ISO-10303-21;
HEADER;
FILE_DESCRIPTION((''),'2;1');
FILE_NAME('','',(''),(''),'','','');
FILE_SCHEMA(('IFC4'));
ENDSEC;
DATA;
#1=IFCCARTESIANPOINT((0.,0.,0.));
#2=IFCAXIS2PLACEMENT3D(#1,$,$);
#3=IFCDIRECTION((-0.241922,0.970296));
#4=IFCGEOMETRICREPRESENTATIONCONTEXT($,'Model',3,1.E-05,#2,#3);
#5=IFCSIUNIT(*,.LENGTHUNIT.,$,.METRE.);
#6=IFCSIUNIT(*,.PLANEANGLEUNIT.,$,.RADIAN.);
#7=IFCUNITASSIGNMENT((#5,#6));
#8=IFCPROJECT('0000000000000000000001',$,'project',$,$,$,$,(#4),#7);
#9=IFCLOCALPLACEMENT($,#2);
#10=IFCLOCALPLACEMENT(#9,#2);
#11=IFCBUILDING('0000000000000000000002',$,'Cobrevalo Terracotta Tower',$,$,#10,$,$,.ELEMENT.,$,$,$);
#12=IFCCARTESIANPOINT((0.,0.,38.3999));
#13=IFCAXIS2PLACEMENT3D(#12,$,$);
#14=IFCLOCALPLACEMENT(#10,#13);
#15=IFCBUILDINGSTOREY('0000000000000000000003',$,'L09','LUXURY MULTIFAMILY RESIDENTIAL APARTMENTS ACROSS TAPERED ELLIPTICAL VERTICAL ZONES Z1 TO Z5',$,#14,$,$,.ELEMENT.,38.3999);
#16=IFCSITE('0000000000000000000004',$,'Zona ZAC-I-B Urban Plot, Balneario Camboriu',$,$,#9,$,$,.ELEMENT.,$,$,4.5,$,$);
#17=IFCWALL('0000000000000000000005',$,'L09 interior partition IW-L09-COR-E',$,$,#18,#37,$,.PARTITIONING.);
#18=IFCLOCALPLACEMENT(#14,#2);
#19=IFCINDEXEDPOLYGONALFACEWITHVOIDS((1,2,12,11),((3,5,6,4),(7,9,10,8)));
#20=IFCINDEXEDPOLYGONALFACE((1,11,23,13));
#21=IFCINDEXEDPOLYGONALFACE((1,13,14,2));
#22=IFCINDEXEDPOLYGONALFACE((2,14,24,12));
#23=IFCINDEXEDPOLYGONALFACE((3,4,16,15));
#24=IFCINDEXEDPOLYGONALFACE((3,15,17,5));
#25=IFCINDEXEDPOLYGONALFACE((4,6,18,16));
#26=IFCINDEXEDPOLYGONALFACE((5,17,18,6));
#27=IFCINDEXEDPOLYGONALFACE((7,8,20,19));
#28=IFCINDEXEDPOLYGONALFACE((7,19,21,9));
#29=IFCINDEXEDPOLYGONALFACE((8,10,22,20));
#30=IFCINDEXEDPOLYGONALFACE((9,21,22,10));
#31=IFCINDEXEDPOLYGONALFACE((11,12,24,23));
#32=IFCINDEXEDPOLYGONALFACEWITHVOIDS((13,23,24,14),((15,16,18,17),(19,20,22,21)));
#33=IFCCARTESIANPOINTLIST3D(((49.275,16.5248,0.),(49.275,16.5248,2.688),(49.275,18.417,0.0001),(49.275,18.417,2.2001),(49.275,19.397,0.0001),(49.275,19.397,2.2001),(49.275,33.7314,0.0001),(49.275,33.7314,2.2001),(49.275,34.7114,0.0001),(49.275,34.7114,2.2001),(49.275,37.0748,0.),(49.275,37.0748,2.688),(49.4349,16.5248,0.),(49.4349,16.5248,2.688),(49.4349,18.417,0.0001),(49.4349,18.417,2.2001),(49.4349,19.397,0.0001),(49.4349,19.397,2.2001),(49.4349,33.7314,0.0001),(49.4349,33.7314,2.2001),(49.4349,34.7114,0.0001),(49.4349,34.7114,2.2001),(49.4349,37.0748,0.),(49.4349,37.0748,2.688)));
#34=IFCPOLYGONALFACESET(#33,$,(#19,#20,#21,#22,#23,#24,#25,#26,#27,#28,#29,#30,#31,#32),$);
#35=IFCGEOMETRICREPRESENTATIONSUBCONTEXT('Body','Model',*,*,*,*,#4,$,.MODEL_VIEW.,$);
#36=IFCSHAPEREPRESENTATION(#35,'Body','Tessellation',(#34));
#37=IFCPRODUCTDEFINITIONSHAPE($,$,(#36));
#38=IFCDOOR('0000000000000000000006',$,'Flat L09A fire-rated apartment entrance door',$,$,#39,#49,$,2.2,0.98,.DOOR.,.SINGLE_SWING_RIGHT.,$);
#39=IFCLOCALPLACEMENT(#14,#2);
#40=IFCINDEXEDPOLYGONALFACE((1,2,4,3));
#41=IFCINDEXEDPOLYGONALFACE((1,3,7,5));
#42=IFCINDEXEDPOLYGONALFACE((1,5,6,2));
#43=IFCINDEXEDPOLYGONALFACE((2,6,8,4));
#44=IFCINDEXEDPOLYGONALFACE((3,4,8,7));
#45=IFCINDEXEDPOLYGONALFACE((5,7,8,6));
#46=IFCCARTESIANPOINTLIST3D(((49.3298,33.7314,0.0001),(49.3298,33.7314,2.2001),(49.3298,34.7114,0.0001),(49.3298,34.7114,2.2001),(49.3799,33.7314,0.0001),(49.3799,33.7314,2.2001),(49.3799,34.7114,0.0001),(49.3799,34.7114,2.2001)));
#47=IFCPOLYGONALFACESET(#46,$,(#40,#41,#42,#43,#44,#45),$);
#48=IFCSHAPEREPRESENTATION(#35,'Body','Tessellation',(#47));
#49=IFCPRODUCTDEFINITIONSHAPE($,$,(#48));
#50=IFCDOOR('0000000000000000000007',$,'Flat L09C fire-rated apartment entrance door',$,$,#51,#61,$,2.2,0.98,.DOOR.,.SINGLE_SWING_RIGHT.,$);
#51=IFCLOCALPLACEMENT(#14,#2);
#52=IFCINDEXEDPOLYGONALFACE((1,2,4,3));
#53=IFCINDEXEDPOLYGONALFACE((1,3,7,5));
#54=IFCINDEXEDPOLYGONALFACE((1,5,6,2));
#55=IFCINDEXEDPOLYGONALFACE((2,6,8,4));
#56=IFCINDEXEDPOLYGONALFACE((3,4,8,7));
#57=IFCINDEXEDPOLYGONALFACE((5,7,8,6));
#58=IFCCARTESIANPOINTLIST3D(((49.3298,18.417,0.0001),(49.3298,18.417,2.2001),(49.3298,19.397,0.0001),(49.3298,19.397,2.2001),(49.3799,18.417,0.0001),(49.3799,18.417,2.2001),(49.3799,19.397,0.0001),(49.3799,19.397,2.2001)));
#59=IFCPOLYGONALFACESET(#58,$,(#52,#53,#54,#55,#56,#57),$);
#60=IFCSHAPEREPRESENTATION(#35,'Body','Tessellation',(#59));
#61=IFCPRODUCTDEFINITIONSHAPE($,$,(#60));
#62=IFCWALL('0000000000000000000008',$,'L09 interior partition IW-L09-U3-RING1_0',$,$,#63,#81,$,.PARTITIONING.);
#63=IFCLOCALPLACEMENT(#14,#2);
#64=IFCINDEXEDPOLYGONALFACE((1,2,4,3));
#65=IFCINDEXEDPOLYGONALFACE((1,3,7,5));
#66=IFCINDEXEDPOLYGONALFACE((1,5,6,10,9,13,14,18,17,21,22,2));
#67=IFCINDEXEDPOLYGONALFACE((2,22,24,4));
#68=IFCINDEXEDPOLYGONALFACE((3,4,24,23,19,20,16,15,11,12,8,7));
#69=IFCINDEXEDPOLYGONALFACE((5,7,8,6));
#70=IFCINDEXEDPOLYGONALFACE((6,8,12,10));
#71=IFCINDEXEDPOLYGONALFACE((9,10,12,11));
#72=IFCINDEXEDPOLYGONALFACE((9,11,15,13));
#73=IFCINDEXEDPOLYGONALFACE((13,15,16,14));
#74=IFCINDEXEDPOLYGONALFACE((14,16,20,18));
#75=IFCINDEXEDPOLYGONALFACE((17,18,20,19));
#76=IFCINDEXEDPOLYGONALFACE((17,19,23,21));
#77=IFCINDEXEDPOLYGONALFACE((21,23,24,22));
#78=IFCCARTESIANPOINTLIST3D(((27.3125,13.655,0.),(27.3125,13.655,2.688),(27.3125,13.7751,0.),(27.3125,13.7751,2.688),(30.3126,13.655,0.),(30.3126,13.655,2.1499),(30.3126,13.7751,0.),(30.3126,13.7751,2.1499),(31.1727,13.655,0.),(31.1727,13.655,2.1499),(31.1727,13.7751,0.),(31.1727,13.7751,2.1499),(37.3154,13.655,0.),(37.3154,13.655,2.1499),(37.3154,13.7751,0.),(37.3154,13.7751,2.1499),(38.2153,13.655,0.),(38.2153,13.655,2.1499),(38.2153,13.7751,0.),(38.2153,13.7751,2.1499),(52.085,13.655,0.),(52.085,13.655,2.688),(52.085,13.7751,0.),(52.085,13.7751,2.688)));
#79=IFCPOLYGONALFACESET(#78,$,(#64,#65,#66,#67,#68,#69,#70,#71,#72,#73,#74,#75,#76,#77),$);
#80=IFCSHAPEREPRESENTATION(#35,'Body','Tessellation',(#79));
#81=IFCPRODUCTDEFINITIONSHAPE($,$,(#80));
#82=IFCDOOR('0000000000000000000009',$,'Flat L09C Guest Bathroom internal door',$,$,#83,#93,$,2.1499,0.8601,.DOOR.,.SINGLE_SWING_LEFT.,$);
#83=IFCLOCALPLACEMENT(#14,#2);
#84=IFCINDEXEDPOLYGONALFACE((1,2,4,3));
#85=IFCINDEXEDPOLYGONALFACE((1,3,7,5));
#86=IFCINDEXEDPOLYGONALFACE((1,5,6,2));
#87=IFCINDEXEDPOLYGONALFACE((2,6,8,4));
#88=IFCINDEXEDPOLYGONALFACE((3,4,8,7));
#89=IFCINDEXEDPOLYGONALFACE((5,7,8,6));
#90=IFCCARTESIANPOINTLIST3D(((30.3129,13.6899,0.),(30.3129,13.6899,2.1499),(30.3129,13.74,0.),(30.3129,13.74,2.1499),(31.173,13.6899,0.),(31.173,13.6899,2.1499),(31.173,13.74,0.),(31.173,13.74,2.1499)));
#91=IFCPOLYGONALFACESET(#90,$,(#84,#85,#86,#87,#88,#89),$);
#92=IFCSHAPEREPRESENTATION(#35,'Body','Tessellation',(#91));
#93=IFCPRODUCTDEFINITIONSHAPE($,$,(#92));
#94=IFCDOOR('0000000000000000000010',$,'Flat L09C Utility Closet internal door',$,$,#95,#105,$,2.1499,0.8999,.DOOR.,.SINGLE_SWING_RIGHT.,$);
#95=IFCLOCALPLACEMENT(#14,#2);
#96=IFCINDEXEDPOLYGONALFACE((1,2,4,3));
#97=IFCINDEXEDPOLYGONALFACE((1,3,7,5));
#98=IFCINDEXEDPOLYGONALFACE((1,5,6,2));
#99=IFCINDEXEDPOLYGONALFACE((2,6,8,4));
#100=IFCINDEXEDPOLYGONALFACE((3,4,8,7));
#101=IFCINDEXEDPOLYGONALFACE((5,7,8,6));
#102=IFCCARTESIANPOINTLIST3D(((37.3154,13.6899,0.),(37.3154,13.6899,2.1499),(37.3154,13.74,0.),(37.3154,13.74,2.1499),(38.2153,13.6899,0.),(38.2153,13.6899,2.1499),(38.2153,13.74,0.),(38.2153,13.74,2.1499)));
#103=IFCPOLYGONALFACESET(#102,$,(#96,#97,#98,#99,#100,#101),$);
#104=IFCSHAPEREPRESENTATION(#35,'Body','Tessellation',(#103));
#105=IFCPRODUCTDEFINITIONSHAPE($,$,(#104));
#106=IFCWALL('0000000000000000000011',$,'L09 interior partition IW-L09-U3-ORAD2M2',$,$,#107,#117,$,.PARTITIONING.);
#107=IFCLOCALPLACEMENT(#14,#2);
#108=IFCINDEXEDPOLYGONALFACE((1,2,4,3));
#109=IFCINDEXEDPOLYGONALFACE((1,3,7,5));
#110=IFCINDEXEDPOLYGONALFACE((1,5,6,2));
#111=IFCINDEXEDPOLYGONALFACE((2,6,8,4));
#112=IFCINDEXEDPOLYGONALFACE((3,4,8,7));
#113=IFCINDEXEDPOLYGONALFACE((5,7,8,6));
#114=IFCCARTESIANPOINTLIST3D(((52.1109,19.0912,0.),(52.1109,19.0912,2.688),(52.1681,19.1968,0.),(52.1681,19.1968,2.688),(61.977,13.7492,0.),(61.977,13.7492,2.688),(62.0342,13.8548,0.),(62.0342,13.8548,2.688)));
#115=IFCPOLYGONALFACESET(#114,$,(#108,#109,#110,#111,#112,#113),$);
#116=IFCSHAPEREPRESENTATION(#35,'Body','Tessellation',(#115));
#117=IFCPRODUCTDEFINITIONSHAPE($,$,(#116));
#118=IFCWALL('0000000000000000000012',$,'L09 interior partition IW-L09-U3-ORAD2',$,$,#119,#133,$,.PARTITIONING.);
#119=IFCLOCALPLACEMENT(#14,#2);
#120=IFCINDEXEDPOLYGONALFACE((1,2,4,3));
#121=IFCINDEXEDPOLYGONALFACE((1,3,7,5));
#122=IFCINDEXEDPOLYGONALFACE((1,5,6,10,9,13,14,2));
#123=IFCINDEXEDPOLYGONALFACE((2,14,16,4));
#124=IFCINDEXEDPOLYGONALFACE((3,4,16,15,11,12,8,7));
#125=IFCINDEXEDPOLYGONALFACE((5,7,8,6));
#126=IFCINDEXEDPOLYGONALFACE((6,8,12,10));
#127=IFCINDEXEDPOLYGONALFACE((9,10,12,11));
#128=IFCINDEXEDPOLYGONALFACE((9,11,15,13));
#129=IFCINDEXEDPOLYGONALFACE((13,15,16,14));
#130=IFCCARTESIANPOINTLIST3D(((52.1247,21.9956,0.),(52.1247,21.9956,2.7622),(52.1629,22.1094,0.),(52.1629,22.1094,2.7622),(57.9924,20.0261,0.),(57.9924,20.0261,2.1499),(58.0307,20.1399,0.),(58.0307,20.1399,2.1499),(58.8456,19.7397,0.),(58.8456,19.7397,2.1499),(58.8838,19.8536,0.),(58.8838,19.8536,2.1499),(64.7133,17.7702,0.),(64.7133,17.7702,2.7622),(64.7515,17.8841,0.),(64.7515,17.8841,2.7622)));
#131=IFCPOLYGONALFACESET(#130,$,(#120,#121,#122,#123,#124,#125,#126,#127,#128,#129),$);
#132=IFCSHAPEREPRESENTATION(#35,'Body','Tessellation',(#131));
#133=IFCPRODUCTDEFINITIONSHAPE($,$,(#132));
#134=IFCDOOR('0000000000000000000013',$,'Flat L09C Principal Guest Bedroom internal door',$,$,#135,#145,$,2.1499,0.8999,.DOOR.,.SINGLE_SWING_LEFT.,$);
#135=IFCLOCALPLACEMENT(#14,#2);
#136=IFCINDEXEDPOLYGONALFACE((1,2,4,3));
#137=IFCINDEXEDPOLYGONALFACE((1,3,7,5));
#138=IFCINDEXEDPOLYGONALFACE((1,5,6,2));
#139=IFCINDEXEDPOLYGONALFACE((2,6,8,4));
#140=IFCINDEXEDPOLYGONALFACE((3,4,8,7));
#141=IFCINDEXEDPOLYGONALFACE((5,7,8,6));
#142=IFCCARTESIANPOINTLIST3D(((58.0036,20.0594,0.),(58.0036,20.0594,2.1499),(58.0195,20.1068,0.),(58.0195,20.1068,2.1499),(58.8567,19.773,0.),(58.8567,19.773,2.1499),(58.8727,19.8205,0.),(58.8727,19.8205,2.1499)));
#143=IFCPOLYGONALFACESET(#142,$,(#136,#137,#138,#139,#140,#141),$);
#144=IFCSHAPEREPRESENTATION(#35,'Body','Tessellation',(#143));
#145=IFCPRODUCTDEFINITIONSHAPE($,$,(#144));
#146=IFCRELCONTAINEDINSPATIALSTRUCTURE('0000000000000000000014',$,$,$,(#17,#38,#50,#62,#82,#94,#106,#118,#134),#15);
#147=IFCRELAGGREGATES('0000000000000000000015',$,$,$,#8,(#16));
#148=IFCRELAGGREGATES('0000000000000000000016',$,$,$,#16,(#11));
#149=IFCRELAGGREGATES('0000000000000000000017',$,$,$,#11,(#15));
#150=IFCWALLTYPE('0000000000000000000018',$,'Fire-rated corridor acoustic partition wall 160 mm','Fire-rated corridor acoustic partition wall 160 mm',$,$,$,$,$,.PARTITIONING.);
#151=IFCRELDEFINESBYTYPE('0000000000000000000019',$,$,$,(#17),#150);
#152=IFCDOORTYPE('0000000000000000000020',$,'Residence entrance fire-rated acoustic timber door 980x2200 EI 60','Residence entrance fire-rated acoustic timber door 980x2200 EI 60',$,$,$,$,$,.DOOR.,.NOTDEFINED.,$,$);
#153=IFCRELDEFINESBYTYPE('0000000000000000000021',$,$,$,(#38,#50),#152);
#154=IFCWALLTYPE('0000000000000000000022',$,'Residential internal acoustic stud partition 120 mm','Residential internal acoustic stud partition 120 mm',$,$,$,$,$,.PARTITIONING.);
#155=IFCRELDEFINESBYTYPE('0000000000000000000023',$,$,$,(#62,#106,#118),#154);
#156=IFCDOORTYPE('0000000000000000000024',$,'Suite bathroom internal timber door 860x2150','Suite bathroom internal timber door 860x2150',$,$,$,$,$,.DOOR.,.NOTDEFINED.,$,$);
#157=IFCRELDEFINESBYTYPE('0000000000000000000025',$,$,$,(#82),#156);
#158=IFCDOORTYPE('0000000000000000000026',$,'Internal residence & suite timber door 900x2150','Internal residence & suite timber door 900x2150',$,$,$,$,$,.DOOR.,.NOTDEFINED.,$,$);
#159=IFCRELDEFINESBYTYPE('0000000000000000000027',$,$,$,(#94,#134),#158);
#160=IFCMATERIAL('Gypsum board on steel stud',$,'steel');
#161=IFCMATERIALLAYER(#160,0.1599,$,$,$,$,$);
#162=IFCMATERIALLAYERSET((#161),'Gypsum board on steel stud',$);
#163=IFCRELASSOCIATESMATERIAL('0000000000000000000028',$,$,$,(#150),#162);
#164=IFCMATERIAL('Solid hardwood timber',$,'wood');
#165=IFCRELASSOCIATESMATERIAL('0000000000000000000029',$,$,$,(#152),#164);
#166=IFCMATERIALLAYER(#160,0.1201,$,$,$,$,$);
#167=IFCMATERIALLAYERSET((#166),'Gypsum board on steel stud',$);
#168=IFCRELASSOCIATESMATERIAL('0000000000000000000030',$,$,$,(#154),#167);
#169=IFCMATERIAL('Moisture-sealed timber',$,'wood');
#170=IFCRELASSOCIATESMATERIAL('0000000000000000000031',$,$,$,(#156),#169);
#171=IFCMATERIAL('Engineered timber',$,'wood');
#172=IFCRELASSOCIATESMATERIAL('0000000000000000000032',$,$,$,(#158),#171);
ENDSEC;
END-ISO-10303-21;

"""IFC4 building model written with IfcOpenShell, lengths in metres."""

from ifc_helpers import new_model, si_unit, direction, frame, frame_2d, origin, place, context, subcontext, project, spatial, rectangle, extrude, source, transform, mapped, material, layer, layer_set, type_object, element, fill, save


model = new_model("IFC4")

# Units and contexts
model_context = context("Model", 3, precision=1e-05, world=origin(), true_north=direction((-0.241922, 0.970296)))
body_context = subcontext(model_context, "Body", "Model", "MODEL_VIEW")
ifc_project = project(units=[si_unit("LENGTHUNIT", "METRE"), si_unit("PLANEANGLEUNIT", "RADIAN")], contexts=[model_context])

# Site, building, storey
site_placement = place(None, origin())
site = spatial("IfcSite", under=ifc_project, at=site_placement, Name="Zona ZAC-I-B Urban Plot, Balneario Camboriu", CompositionType="ELEMENT", RefElevation=4.5)
building_placement = place(site_placement, origin())
building = spatial("IfcBuilding", under=site, at=building_placement, Name="Cobrevalo Terracotta Tower", CompositionType="ELEMENT")
storey_placement = place(building_placement, frame((0.0, 0.0, 38.3999)))
storey = spatial("IfcBuildingStorey", under=building, at=storey_placement, Name="L09", Description="LUXURY MULTIFAMILY RESIDENTIAL APARTMENTS ACROSS TAPERED ELLIPTICAL VERTICAL ZONES Z1 TO Z5", CompositionType="ELEMENT", Elevation=38.3999)

# Walls, openings, doors
ifc_material_1 = material(Name="Gypsum board on steel stud", Category="steel")
ifc_layer_1 = layer(ifc_material_1, 0.1599)
ifc_layer_set_1 = layer_set([ifc_layer_1], Name="Gypsum board on steel stud")
wall_type_1 = type_object("IfcWallType", Name="Fire-rated corridor acoustic partition wall 160 mm", Description="Fire-rated corridor acoustic partition wall 160 mm", PredefinedType="PARTITIONING", material=ifc_layer_set_1)
wall_1_placement = place(storey_placement, frame((49.355, 16.5249, 0.0), z_axis=(0.0, 0.0, 1.0), x_axis=(0.0, 1.0, 0.0)))
wall_1 = element("IfcWall", 1, at=wall_1_placement, inside=storey, type_object=wall_type_1, Name="L09 interior partition IW-L09-COR-E", PredefinedType="PARTITIONING", context=body_context, shape_type="SweptSolid", body=[
    extrude(rectangle(XDim=20.55, YDim=0.1599, at=frame_2d((10.2749, 0.0))), origin(), (0.0, 0.0, 1.0), 2.688),
])
opening_1_placement = place(wall_1_placement, frame((17.2065, 0.0, 0.0)))
opening_1 = element("IfcOpeningElement", 2, at=opening_1_placement, cuts=wall_1, PredefinedType="OPENING", context=body_context, shape_type="SweptSolid", body=[
    extrude(rectangle(XDim=0.98, YDim=2.2, at=frame_2d((0.49, 1.1001))), frame((0.0, 0.0898, 0.0), z_axis=(0.0, -1.0, 0.0), x_axis=(1.0, 0.0, 0.0)), (0.0, 0.0, 1.0), 0.1799),
])
opening_2_placement = place(wall_1_placement, frame((1.8921, 0.0, 0.0)))
opening_2 = element("IfcOpeningElement", 3, at=opening_2_placement, cuts=wall_1, PredefinedType="OPENING", context=body_context, shape_type="SweptSolid", body=[
    extrude(rectangle(XDim=0.98, YDim=2.2, at=frame_2d((0.49, 1.1001))), frame((0.0, 0.0898, 0.0), z_axis=(0.0, -1.0, 0.0), x_axis=(1.0, 0.0, 0.0)), (0.0, 0.0, 1.0), 0.1799),
])
ifc_material_2 = material(Name="Solid hardwood timber", Category="wood")
door_type_1 = type_object("IfcDoorType", Name="Residence entrance fire-rated acoustic timber door 980x2200 EI 60", Description="Residence entrance fire-rated acoustic timber door 980x2200 EI 60", OperationType="NOTDEFINED", PredefinedType="DOOR", material=ifc_material_2)
shared_shape_1 = source(origin(), body_context, "Body", "SweptSolid", [
    extrude(rectangle(XDim=0.98, YDim=2.2, at=frame_2d((0.49, 1.1001))), frame((0.0, 0.0249, 0.0), z_axis=(0.0, -1.0, 0.0), x_axis=(1.0, 0.0, 0.0)), (0.0, 0.0, 1.0), 0.05),
])
door_1_placement = place(opening_1_placement, frame((0.98, 0.0, 0.0), z_axis=(0.0, 0.0, 1.0), x_axis=(-1.0, 0.0, 0.0)))
door_1 = element("IfcDoor", 4, at=door_1_placement, inside=storey, type_object=door_type_1, Name="Flat L09A fire-rated apartment entrance door", OperationType="SINGLE_SWING_RIGHT", OverallHeight=2.2, OverallWidth=0.98, PredefinedType="DOOR", context=body_context, shape_type="MappedRepresentation", body=[
    mapped(shared_shape_1, transform((0.0, 0.0, 0.0), scale=1.0)),
])
fill(opening_1, door_1)
door_2_placement = place(opening_2_placement, frame((0.98, 0.0, 0.0), z_axis=(0.0, 0.0, 1.0), x_axis=(-1.0, 0.0, 0.0)))
door_2 = element("IfcDoor", 5, at=door_2_placement, inside=storey, type_object=door_type_1, Name="Flat L09C fire-rated apartment entrance door", OperationType="SINGLE_SWING_RIGHT", OverallHeight=2.2, OverallWidth=0.98, PredefinedType="DOOR", context=body_context, shape_type="MappedRepresentation", body=[
    mapped(shared_shape_1, transform((0.0, 0.0, 0.0), scale=1.0)),
])
fill(opening_2, door_2)
ifc_layer_2 = layer(ifc_material_1, 0.1201)
ifc_layer_set_2 = layer_set([ifc_layer_2], Name="Gypsum board on steel stud")
wall_type_2 = type_object("IfcWallType", Name="Residential internal acoustic stud partition 120 mm", Description="Residential internal acoustic stud partition 120 mm", PredefinedType="PARTITIONING", material=ifc_layer_set_2)
wall_2_placement = place(storey_placement, frame((52.085, 13.7151, 0.0), z_axis=(0.0, 0.0, 1.0), x_axis=(-1.0, 0.0, 0.0)))
wall_2 = element("IfcWall", 6, at=wall_2_placement, inside=storey, type_object=wall_type_2, Name="L09 interior partition IW-L09-U3-RING1_0", PredefinedType="PARTITIONING", context=body_context, shape_type="SweptSolid", body=[
    extrude(rectangle(XDim=24.7725, YDim=0.1201, at=frame_2d((12.3862, 0.0))), origin(), (0.0, 0.0, 1.0), 2.688),
])
opening_3_placement = place(wall_2_placement, frame((20.9121, 0.0, 0.0)))
opening_3 = element("IfcOpeningElement", 7, at=opening_3_placement, cuts=wall_2, PredefinedType="OPENING", context=body_context, shape_type="SweptSolid", body=[
    extrude(rectangle(XDim=0.8601, YDim=2.1499, at=frame_2d((0.4302, 1.075))), frame((0.0, 0.0701, 0.0), z_axis=(0.0, -1.0, 0.0), x_axis=(1.0, 0.0, 0.0)), (0.0, 0.0, 1.0), 0.1401),
])
opening_4_placement = place(wall_2_placement, frame((13.8696, 0.0, 0.0)))
opening_4 = element("IfcOpeningElement", 8, at=opening_4_placement, cuts=wall_2, PredefinedType="OPENING", context=body_context, shape_type="SweptSolid", body=[
    extrude(rectangle(XDim=0.8999, YDim=2.1499, at=frame_2d((0.45, 1.075))), frame((0.0, 0.0701, 0.0), z_axis=(0.0, -1.0, 0.0), x_axis=(1.0, 0.0, 0.0)), (0.0, 0.0, 1.0), 0.1401),
])
ifc_material_3 = material(Name="Moisture-sealed timber", Category="wood")
door_type_2 = type_object("IfcDoorType", Name="Suite bathroom internal timber door 860x2150", Description="Suite bathroom internal timber door 860x2150", OperationType="NOTDEFINED", PredefinedType="DOOR", material=ifc_material_3)
shared_shape_2 = source(origin(), body_context, "Body", "SweptSolid", [
    extrude(rectangle(XDim=0.8601, YDim=2.1499, at=frame_2d((0.4302, 1.075))), frame((0.0, 0.0249, 0.0), z_axis=(0.0, -1.0, 0.0), x_axis=(1.0, 0.0, 0.0)), (0.0, 0.0, 1.0), 0.05),
])
door_3_placement = place(opening_3_placement, frame((0.8601, 0.0, 0.0), z_axis=(0.0, 0.0, 1.0), x_axis=(-1.0, 0.0, 0.0)))
door_3 = element("IfcDoor", 9, at=door_3_placement, inside=storey, type_object=door_type_2, Name="Flat L09C Guest Bathroom internal door", OperationType="SINGLE_SWING_LEFT", OverallHeight=2.1499, OverallWidth=0.8601, PredefinedType="DOOR", context=body_context, shape_type="MappedRepresentation", body=[
    mapped(shared_shape_2, transform((0.0, 0.0, 0.0), scale=1.0)),
])
fill(opening_3, door_3)
ifc_material_4 = material(Name="Engineered timber", Category="wood")
door_type_3 = type_object("IfcDoorType", Name="Internal residence & suite timber door 900x2150", Description="Internal residence & suite timber door 900x2150", OperationType="NOTDEFINED", PredefinedType="DOOR", material=ifc_material_4)
shared_shape_3 = source(origin(), body_context, "Body", "SweptSolid", [
    extrude(rectangle(XDim=0.8999, YDim=2.1499, at=frame_2d((0.45, 1.075))), frame((0.0, 0.0249, 0.0), z_axis=(0.0, -1.0, 0.0), x_axis=(1.0, 0.0, 0.0)), (0.0, 0.0, 1.0), 0.05),
])
door_4_placement = place(opening_4_placement, frame((0.8999, 0.0, 0.0), z_axis=(0.0, 0.0, 1.0), x_axis=(-1.0, 0.0, 0.0)))
door_4 = element("IfcDoor", 10, at=door_4_placement, inside=storey, type_object=door_type_3, Name="Flat L09C Utility Closet internal door", OperationType="SINGLE_SWING_RIGHT", OverallHeight=2.1499, OverallWidth=0.8999, PredefinedType="DOOR", context=body_context, shape_type="MappedRepresentation", body=[
    mapped(shared_shape_3, transform((0.0, 0.0, 0.0), scale=1.0)),
])
fill(opening_4, door_4)

# Wall
wall_3_placement = place(storey_placement, frame((52.1394, 19.144, 0.0), z_axis=(0.0, 0.0, 1.0), x_axis=(0.879372, -0.476135, 0.0)))
element("IfcWall", 11, at=wall_3_placement, inside=storey, type_object=wall_type_2, Name="L09 interior partition IW-L09-U3-ORAD2M2", PredefinedType="PARTITIONING", context=body_context, shape_type="SweptSolid", body=[
    extrude(rectangle(XDim=11.2195, YDim=0.1201, at=frame_2d((5.6099, 0.0))), origin(), (0.0, 0.0, 1.0), 2.688),
])

# Wall, opening, door
wall_4_placement = place(storey_placement, frame((52.1438, 22.0525, 0.0), z_axis=(0.0, 0.0, 1.0), x_axis=(0.948023, -0.318202, 0.0)))
wall_4 = element("IfcWall", 12, at=wall_4_placement, inside=storey, type_object=wall_type_2, Name="L09 interior partition IW-L09-U3-ORAD2", PredefinedType="PARTITIONING", context=body_context, shape_type="SweptSolid", body=[
    extrude(rectangle(XDim=13.2788, YDim=0.1201, at=frame_2d((6.6394, 0.0))), origin(), (0.0, 0.0, 1.0), 2.7622),
])
opening_5_placement = place(wall_4_placement, frame((6.1895, 0.0, 0.0)))
opening_5 = element("IfcOpeningElement", 13, at=opening_5_placement, cuts=wall_4, PredefinedType="OPENING", context=body_context, shape_type="SweptSolid", body=[
    extrude(rectangle(XDim=0.8999, YDim=2.1499, at=frame_2d((0.45, 1.075))), frame((0.0, 0.0701, 0.0), z_axis=(0.0, -1.0, 0.0), x_axis=(1.0, 0.0, 0.0)), (0.0, 0.0, 1.0), 0.1401),
])
door_5_placement = place(opening_5_placement, frame((0.8999, 0.0, 0.0), z_axis=(0.0, 0.0, 1.0), x_axis=(-1.0, 0.0, 0.0)))
door_5 = element("IfcDoor", 14, at=door_5_placement, inside=storey, type_object=door_type_3, Name="Flat L09C Principal Guest Bedroom internal door", OperationType="SINGLE_SWING_LEFT", OverallHeight=2.1499, OverallWidth=0.8999, PredefinedType="DOOR", context=body_context, shape_type="MappedRepresentation", body=[
    mapped(shared_shape_3, transform((0.0, 0.0, 0.0), scale=1.0)),
])
fill(opening_5, door_5)

save(model, "model.ifc")
